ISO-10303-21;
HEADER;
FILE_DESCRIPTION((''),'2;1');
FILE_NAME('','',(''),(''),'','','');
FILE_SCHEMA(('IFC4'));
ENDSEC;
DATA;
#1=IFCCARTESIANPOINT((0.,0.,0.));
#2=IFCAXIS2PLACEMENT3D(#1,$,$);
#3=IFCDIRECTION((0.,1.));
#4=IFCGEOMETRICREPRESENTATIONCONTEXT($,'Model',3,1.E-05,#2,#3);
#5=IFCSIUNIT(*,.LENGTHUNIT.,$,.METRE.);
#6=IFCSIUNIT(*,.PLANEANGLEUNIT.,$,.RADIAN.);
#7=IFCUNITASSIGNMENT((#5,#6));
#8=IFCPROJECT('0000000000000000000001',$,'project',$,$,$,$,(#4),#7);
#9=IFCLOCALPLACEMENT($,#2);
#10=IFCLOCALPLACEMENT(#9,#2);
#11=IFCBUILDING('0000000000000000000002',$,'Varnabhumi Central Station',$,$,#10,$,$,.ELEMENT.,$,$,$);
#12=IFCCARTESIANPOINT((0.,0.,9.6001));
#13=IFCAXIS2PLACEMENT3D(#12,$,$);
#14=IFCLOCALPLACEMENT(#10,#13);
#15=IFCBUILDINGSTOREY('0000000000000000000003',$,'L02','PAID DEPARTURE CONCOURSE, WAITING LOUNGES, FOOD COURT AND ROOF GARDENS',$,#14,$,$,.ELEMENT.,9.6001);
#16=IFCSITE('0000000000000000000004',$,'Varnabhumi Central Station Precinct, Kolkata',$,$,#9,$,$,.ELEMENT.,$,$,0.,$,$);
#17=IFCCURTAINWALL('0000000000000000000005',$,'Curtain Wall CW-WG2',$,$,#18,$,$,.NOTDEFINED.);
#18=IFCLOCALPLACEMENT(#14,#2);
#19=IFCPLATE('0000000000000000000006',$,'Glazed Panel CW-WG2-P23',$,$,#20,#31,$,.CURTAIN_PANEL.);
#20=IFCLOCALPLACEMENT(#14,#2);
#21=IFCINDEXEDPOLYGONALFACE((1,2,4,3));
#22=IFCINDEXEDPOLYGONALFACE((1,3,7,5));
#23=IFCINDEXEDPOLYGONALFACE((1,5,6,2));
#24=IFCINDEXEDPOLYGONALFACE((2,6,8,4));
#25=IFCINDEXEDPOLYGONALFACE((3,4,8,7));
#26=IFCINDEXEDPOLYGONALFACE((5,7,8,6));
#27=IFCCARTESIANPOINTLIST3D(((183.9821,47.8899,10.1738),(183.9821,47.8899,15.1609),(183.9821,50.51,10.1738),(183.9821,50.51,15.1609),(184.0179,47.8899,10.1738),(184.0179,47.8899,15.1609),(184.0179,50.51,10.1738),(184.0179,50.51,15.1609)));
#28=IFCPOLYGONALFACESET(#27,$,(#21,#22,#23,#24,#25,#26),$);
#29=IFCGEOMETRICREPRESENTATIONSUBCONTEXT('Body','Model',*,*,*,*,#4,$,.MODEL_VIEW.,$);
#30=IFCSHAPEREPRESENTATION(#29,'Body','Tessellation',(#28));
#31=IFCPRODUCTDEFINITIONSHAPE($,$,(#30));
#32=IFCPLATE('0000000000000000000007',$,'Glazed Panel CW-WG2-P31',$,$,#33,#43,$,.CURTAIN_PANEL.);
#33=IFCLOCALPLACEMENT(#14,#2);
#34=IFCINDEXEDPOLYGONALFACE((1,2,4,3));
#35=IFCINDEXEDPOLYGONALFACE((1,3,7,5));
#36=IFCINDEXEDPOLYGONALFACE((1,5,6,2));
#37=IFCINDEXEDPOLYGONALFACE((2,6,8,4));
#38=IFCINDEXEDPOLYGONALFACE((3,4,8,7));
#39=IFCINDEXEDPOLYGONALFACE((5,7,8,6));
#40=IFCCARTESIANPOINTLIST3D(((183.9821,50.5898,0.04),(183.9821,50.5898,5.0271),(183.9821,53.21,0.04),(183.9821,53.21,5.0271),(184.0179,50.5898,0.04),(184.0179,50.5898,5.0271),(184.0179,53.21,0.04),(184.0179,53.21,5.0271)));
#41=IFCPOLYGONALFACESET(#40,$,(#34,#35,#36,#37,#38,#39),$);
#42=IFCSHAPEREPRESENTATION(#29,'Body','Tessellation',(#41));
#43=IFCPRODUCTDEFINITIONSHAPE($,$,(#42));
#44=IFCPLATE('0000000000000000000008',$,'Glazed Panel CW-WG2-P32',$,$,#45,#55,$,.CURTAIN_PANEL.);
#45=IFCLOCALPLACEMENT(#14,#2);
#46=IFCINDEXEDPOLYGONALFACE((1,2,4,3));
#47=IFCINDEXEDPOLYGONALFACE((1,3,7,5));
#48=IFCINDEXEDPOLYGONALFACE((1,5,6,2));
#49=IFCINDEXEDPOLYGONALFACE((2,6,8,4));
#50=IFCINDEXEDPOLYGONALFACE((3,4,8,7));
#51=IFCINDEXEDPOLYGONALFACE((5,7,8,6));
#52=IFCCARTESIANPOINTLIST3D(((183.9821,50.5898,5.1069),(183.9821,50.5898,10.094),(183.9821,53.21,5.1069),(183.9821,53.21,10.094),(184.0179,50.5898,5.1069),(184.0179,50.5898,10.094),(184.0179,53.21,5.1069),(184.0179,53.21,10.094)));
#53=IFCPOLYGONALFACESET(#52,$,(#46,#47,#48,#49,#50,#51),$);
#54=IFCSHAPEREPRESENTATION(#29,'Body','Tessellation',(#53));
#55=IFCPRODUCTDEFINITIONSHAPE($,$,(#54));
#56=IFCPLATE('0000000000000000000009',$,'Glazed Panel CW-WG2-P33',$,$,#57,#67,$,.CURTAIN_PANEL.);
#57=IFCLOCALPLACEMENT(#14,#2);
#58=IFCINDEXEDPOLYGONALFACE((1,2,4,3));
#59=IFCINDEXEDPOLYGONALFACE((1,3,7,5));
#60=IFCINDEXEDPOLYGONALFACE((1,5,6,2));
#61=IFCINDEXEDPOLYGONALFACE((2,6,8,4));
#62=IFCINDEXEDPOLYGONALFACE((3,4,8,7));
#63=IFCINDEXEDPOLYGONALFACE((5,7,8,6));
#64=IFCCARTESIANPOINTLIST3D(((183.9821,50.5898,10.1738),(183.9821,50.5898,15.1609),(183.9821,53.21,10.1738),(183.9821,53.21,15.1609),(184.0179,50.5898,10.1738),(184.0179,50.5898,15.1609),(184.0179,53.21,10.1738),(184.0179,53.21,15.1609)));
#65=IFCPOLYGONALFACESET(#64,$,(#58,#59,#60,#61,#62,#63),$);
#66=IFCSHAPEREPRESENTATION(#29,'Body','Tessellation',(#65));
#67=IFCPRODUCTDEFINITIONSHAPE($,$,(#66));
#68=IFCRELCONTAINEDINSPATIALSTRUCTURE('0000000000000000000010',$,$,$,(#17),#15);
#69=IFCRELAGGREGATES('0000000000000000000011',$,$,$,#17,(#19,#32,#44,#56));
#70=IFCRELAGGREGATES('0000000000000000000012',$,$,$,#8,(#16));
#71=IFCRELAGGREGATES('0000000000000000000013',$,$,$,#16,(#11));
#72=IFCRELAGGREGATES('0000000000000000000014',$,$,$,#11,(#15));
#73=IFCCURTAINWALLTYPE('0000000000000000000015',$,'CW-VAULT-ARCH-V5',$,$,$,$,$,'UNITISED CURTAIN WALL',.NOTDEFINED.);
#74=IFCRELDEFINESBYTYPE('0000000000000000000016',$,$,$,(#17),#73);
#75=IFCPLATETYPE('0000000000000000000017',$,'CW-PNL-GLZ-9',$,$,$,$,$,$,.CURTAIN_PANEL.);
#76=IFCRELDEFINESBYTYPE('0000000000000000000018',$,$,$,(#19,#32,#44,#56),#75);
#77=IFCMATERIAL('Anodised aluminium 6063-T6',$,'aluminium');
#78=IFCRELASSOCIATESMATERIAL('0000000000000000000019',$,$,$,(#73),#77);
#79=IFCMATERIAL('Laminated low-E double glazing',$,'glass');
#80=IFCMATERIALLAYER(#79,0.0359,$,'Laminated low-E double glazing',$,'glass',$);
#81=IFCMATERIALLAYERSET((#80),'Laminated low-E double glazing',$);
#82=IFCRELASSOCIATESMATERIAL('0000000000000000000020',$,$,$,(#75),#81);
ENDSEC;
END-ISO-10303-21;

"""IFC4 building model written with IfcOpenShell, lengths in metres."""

from ifc_helpers import new_model, si_unit, direction, frame, origin, origin_2d, place, context, subcontext, project, spatial, rectangle, extrude, material, layer, layer_set, type_object, element, aggregate, save


model = new_model("IFC4")

# Units and contexts
model_context = context("Model", 3, precision=1e-05, world=origin(), true_north=direction((0.0, 1.0)))
body_context = subcontext(model_context, "Body", "Model", "MODEL_VIEW")
ifc_project = project(units=[si_unit("LENGTHUNIT", "METRE"), si_unit("PLANEANGLEUNIT", "RADIAN")], contexts=[model_context])

# Site, building, storey
site_placement = place(None, origin())
site = spatial("IfcSite", under=ifc_project, at=site_placement, Name="Varnabhumi Central Station Precinct, Kolkata", CompositionType="ELEMENT", RefElevation=0.0)
building_placement = place(site_placement, origin())
building = spatial("IfcBuilding", under=site, at=building_placement, Name="Varnabhumi Central Station", CompositionType="ELEMENT")
storey_placement = place(building_placement, frame((0.0, 0.0, 9.6001)))
storey = spatial("IfcBuildingStorey", under=building, at=storey_placement, Name="L02", Description="PAID DEPARTURE CONCOURSE, WAITING LOUNGES, FOOD COURT AND ROOF GARDENS", CompositionType="ELEMENT", Elevation=9.6001)

# Curtain wall
ifc_material_1 = material(Name="Anodised aluminium 6063-T6", Category="aluminium")
curtain_wall_type_1 = type_object("IfcCurtainWallType", Name="CW-VAULT-ARCH-V5", ElementType="UNITISED CURTAIN WALL", PredefinedType="NOTDEFINED", material=ifc_material_1)
curtain_wall_1_placement = place(storey_placement, origin())
curtain_wall_1 = element("IfcCurtainWall", 1, at=curtain_wall_1_placement, inside=storey, type_object=curtain_wall_type_1, Name="Curtain Wall CW-WG2", PredefinedType="NOTDEFINED")

# Plates
ifc_material_2 = material(Name="Laminated low-E double glazing", Category="glass")
ifc_layer_1 = layer(ifc_material_2, 0.0359, Name="Laminated low-E double glazing", Category="glass")
ifc_layer_set_1 = layer_set([ifc_layer_1], Name="Laminated low-E double glazing")
plate_type_1 = type_object("IfcPlateType", Name="CW-PNL-GLZ-9", PredefinedType="CURTAIN_PANEL", material=ifc_layer_set_1)
plate_1_placement = place(storey_placement, frame((184.0, 49.2, 10.1738), z_axis=(0.0, 0.0, 1.0), x_axis=(0.0, 1.0, 0.0)))
plate_1 = element("IfcPlate", 2, at=plate_1_placement, type_object=plate_type_1, Name="Glazed Panel CW-WG2-P23", PredefinedType="CURTAIN_PANEL", context=body_context, shape_type="SweptSolid", body=[
    extrude(rectangle(XDim=2.6201, YDim=0.0359, at=origin_2d()), origin(), (0.0, 0.0, 1.0), 4.9871),
])
plate_2_placement = place(storey_placement, frame((184.0, 51.8999, 0.04), z_axis=(0.0, 0.0, 1.0), x_axis=(0.0, 1.0, 0.0)))
plate_2 = element("IfcPlate", 3, at=plate_2_placement, type_object=plate_type_1, Name="Glazed Panel CW-WG2-P31", PredefinedType="CURTAIN_PANEL", context=body_context, shape_type="SweptSolid", body=[
    extrude(rectangle(XDim=2.6201, YDim=0.0359, at=origin_2d()), origin(), (0.0, 0.0, 1.0), 4.9871),
])
plate_3_placement = place(storey_placement, frame((184.0, 51.8999, 5.1069), z_axis=(0.0, 0.0, 1.0), x_axis=(0.0, 1.0, 0.0)))
plate_3 = element("IfcPlate", 4, at=plate_3_placement, type_object=plate_type_1, Name="Glazed Panel CW-WG2-P32", PredefinedType="CURTAIN_PANEL", context=body_context, shape_type="SweptSolid", body=[
    extrude(rectangle(XDim=2.6201, YDim=0.0359, at=origin_2d()), origin(), (0.0, 0.0, 1.0), 4.9871),
])
plate_4_placement = place(storey_placement, frame((184.0, 51.8999, 10.1738), z_axis=(0.0, 0.0, 1.0), x_axis=(0.0, 1.0, 0.0)))
plate_4 = element("IfcPlate", 5, at=plate_4_placement, type_object=plate_type_1, Name="Glazed Panel CW-WG2-P33", PredefinedType="CURTAIN_PANEL", context=body_context, shape_type="SweptSolid", body=[
    extrude(rectangle(XDim=2.6201, YDim=0.0359, at=origin_2d()), origin(), (0.0, 0.0, 1.0), 4.9871),
])
aggregate(curtain_wall_1, [plate_1, plate_2, plate_3, plate_4])

save(model, "model.ifc")
